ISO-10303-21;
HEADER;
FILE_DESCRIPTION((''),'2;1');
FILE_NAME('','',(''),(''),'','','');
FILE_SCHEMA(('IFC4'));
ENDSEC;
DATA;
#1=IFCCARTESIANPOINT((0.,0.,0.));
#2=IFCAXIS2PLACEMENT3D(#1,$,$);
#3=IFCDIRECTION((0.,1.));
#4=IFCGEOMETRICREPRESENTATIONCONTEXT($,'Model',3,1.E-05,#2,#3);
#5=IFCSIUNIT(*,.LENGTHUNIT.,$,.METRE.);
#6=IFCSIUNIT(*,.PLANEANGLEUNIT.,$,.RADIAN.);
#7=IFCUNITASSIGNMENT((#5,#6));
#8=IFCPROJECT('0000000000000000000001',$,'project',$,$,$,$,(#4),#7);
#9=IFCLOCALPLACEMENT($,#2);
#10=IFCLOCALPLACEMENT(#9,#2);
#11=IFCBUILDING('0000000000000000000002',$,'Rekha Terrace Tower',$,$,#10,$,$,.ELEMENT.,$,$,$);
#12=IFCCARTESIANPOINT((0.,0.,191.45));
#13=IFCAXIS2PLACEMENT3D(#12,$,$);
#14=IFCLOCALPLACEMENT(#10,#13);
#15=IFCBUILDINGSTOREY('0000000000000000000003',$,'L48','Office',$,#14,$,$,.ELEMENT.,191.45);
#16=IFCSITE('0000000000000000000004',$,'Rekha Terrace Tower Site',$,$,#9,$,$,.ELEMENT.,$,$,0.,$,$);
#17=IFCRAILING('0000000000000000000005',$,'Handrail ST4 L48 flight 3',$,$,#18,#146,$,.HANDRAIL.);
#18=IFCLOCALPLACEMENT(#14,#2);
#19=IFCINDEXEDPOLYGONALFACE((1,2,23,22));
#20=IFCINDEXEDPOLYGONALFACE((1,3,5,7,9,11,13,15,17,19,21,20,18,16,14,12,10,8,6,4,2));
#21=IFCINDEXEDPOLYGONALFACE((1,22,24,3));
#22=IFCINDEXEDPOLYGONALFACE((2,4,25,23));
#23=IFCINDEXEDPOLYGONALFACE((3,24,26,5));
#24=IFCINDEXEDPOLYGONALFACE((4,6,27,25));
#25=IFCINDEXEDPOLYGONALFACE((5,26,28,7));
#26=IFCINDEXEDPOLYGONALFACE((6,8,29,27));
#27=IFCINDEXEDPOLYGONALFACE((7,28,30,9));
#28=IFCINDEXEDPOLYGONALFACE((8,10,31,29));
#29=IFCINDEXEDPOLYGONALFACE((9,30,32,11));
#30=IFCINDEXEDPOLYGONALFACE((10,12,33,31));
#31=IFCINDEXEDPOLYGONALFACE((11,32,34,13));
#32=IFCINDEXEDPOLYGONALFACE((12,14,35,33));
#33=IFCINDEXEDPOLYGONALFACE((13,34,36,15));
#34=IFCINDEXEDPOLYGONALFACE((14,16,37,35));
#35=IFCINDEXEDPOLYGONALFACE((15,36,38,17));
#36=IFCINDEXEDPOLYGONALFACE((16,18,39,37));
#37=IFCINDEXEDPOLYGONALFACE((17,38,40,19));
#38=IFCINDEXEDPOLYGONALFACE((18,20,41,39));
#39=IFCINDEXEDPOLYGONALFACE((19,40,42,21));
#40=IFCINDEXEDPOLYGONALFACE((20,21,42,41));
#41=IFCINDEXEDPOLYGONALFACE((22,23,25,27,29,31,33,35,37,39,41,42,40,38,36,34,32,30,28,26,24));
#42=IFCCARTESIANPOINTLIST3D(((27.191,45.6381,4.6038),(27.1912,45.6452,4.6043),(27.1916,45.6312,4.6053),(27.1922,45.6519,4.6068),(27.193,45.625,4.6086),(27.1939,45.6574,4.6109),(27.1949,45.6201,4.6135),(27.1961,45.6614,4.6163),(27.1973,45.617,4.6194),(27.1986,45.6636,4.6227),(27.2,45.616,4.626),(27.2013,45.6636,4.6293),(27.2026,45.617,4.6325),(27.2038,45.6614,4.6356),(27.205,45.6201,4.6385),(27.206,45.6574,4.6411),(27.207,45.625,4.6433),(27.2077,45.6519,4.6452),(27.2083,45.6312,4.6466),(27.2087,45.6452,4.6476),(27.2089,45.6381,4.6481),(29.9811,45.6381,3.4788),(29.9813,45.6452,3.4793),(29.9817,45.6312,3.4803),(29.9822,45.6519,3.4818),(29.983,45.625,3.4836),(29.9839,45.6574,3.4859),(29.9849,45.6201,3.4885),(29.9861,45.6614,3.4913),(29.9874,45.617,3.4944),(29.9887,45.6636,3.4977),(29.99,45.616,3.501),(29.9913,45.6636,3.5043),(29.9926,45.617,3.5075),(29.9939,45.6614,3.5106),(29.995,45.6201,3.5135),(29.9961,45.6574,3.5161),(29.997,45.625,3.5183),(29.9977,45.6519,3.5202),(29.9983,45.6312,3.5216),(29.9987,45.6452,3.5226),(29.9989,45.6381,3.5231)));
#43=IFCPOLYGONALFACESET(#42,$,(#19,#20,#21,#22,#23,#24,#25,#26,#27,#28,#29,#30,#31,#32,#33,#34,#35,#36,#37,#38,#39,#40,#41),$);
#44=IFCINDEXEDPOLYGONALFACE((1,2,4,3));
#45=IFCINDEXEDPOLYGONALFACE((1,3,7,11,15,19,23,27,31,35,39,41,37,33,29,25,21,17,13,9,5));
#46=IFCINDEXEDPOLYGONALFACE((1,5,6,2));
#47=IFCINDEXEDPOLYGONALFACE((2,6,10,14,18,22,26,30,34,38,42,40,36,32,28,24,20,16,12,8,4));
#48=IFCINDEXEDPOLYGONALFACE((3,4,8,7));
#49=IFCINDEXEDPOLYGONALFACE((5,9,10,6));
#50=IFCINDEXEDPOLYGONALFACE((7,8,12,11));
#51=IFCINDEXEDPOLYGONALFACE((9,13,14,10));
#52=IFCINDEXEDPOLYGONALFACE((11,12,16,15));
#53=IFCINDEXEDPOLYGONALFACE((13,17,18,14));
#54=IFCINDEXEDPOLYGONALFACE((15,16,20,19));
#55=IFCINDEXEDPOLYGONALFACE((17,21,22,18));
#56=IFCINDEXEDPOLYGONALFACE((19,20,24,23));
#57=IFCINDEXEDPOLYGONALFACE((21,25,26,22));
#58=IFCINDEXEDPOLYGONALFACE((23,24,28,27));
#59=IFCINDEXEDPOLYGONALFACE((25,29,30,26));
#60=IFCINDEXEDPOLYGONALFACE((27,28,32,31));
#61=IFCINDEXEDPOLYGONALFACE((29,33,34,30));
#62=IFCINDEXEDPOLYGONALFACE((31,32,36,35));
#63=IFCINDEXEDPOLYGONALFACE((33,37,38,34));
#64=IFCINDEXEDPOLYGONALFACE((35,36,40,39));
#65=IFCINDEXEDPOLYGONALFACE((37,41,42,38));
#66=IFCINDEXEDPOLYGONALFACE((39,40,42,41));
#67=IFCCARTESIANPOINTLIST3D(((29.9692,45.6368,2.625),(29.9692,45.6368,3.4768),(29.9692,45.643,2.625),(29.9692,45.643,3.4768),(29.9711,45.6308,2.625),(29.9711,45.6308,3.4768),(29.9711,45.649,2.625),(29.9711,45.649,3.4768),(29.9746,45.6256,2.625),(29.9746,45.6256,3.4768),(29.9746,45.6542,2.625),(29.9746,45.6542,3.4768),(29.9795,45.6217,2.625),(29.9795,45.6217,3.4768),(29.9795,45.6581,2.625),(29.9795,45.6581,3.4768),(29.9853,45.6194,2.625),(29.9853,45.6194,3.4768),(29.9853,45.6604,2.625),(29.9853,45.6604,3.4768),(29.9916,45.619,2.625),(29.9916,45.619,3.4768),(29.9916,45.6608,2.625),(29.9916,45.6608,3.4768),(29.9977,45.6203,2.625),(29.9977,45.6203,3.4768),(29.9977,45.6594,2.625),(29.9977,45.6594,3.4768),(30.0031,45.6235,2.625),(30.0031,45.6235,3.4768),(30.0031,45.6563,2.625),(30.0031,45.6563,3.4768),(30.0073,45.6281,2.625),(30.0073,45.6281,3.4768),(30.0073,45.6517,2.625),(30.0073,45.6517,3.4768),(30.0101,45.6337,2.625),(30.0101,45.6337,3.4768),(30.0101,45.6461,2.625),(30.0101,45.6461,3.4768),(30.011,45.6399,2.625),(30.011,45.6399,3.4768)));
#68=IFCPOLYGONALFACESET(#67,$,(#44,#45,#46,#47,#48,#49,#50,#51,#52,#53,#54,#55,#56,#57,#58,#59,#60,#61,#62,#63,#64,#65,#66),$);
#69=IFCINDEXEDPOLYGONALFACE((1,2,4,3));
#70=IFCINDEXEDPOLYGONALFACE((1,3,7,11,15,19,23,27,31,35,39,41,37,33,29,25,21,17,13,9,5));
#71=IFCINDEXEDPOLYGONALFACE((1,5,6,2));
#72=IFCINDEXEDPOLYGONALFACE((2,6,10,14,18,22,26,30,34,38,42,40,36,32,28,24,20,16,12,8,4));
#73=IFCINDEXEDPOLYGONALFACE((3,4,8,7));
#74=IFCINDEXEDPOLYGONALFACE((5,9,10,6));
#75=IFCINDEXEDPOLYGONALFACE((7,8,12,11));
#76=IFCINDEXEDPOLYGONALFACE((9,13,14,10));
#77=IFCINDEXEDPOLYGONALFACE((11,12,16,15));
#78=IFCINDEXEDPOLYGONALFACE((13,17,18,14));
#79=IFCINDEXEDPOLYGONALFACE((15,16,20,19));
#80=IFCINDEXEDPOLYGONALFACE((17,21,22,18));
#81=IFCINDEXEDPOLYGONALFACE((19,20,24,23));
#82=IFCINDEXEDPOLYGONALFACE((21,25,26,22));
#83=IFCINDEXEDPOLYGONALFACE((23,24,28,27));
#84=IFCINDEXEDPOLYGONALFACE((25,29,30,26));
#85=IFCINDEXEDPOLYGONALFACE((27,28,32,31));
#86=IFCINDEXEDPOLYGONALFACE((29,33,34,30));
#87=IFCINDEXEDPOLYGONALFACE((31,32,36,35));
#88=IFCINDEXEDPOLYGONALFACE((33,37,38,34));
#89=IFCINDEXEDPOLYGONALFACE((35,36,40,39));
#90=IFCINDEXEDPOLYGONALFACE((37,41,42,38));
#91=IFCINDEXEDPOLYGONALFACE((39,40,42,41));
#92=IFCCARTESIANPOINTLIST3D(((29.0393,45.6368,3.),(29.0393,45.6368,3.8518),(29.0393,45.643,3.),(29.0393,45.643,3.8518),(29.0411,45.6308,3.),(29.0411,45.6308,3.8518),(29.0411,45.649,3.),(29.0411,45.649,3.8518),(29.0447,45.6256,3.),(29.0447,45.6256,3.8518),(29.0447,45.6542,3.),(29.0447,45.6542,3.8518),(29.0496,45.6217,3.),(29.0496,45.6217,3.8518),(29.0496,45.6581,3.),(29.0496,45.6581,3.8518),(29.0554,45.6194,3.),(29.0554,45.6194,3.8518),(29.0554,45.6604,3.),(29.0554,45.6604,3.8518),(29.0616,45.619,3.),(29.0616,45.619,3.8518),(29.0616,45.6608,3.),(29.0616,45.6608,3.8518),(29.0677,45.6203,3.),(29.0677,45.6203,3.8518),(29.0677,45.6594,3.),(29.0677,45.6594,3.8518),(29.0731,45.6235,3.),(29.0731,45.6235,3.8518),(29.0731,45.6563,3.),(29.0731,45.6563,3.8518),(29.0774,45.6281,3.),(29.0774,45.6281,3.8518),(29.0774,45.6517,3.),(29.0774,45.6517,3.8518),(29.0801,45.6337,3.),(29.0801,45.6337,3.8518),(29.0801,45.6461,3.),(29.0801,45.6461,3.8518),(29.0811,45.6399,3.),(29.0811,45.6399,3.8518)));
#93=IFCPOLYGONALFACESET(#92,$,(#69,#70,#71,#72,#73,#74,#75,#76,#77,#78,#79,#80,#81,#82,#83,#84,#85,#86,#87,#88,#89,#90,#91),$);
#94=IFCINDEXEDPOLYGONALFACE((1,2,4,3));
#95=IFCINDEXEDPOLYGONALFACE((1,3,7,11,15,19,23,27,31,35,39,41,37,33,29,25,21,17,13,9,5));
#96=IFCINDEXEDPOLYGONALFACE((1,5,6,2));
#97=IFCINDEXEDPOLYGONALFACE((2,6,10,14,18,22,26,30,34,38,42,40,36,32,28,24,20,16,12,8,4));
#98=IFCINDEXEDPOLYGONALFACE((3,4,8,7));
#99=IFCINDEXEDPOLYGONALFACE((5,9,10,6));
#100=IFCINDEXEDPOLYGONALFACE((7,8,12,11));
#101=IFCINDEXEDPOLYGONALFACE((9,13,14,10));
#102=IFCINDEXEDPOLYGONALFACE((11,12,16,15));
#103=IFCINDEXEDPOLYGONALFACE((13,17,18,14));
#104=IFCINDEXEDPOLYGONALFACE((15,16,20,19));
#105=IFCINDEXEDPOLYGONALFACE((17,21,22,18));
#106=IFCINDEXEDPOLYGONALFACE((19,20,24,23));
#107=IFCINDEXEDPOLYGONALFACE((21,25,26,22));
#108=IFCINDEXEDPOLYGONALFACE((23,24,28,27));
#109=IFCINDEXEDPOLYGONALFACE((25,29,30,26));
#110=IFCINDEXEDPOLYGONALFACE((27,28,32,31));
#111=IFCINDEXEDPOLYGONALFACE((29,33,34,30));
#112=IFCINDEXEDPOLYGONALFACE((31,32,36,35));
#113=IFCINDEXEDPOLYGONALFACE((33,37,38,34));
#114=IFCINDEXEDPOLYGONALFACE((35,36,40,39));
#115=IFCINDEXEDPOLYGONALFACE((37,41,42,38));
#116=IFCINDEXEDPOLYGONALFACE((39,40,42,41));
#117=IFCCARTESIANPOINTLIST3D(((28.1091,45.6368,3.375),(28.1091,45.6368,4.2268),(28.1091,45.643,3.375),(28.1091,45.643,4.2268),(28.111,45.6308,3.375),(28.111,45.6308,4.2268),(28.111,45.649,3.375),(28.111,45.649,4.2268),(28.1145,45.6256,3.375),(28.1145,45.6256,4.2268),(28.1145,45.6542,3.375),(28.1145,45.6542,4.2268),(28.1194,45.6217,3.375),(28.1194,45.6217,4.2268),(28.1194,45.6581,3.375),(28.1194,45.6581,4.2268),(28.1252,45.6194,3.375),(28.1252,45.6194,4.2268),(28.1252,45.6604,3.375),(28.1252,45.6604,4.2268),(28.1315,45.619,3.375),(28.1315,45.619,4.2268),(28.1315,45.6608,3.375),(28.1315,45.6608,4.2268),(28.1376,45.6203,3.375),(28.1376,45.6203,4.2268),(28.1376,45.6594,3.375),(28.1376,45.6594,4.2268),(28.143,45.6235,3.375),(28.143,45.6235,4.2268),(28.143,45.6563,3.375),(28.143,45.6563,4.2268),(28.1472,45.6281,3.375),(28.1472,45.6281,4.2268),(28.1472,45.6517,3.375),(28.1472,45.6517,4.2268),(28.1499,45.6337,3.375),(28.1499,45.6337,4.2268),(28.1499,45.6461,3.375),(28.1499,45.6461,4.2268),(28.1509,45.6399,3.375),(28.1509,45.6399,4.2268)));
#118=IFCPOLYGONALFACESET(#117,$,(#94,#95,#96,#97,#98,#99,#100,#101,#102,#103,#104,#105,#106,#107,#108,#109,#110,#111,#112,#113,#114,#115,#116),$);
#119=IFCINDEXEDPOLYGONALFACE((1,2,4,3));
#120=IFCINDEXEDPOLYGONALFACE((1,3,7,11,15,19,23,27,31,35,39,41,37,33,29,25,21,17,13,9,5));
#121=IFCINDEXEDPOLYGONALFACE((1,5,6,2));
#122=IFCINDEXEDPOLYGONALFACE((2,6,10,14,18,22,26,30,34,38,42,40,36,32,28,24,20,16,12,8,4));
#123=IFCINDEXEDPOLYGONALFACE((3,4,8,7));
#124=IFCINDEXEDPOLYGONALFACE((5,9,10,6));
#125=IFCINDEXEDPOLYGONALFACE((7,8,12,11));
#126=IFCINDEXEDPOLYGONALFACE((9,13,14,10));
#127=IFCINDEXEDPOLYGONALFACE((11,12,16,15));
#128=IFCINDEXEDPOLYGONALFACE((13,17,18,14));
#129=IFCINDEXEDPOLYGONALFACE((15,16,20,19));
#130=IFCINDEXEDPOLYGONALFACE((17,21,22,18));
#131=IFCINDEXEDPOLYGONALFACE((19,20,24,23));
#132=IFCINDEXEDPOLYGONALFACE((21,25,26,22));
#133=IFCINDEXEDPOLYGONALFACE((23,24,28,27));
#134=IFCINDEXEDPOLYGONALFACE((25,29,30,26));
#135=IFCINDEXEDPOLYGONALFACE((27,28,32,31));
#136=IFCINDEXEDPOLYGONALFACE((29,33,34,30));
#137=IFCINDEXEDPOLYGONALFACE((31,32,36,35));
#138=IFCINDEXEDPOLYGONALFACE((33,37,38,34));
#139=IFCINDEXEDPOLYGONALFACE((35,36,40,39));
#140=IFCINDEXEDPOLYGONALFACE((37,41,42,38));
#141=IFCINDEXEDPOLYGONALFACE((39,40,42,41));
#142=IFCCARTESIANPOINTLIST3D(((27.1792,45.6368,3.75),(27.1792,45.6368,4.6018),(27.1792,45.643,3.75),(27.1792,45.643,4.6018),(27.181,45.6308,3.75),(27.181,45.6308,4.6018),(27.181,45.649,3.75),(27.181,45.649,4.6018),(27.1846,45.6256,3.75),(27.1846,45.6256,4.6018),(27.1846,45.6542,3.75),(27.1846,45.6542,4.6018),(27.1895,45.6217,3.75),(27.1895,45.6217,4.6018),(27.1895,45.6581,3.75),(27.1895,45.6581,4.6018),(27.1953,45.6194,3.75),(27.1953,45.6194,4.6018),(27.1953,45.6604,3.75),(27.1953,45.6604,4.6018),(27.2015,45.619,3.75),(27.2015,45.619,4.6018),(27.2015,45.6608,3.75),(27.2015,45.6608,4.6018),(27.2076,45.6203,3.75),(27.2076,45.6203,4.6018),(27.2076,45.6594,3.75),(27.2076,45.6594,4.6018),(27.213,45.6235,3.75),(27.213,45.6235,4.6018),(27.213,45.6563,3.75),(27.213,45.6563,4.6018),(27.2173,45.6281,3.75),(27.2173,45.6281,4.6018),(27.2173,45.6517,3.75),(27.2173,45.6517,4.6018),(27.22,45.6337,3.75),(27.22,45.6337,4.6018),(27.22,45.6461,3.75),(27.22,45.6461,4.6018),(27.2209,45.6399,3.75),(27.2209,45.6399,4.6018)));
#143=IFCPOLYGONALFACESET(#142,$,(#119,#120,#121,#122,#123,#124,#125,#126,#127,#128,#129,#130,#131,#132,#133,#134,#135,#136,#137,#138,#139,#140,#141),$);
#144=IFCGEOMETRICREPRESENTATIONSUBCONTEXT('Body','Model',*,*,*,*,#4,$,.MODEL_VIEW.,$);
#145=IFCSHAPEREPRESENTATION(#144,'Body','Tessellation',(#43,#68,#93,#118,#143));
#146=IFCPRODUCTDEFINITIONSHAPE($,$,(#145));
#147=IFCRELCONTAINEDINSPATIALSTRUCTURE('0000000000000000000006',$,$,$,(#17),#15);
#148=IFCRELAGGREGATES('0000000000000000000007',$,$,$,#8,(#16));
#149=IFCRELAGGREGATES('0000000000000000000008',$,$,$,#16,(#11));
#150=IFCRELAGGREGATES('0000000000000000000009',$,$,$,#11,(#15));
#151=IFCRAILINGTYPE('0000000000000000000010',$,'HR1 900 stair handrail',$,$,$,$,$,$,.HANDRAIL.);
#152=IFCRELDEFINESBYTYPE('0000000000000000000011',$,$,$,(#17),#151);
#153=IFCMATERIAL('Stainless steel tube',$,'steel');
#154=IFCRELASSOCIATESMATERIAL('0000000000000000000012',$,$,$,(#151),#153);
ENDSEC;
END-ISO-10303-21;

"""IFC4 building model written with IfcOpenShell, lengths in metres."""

from ifc_helpers import new_model, si_unit, direction, frame, origin, origin_2d, place, context, subcontext, project, spatial, circle, extrude, material, type_object, element, save


model = new_model("IFC4")

# Units and contexts
model_context = context("Model", 3, precision=1e-05, world=origin(), true_north=direction((0.0, 1.0)))
body_context = subcontext(model_context, "Body", "Model", "MODEL_VIEW")
ifc_project = project(units=[si_unit("LENGTHUNIT", "METRE"), si_unit("PLANEANGLEUNIT", "RADIAN")], contexts=[model_context])

# Site, building, storey
site_placement = place(None, origin())
site = spatial("IfcSite", under=ifc_project, at=site_placement, Name="Rekha Terrace Tower Site", CompositionType="ELEMENT", RefElevation=0.0)
building_placement = place(site_placement, origin())
building = spatial("IfcBuilding", under=site, at=building_placement, Name="Rekha Terrace Tower", CompositionType="ELEMENT")
storey_placement = place(building_placement, frame((0.0, 0.0, 191.45)))
storey = spatial("IfcBuildingStorey", under=building, at=storey_placement, Name="L48", Description="Office", CompositionType="ELEMENT", Elevation=191.45)

# Railing
ifc_material_1 = material(Name="Stainless steel tube", Category="steel")
railing_type_1 = type_object("IfcRailingType", Name="HR1 900 stair handrail", PredefinedType="HANDRAIL", material=ifc_material_1)
railing_1_placement = place(storey_placement, frame((29.99, 45.6399, 2.625)))
element("IfcRailing", 1, at=railing_1_placement, inside=storey, type_object=railing_type_1, Name="Handrail ST4 L48 flight 3", PredefinedType="HANDRAIL", context=body_context, shape_type="SweptSolid", body=[
    extrude(circle(Radius=0.0239, at=origin_2d()), frame((0.0, 0.0, 0.876), z_axis=(-0.927443, 0.0, 0.373964), x_axis=(0.0, -1.0, 0.0)), (0.0, 0.0, 1.0), 3.0083),
    extrude(circle(Radius=0.021, at=origin_2d()), origin(), (0.0, 0.0, 1.0), 0.8518),
    extrude(circle(Radius=0.021, at=origin_2d()), frame((-0.9299, 0.0, 0.375)), (0.0, 0.0, 1.0), 0.8518),
    extrude(circle(Radius=0.021, at=origin_2d()), frame((-1.8601, 0.0, 0.75)), (0.0, 0.0, 1.0), 0.8518),
    extrude(circle(Radius=0.021, at=origin_2d()), frame((-2.79, 0.0, 1.125)), (0.0, 0.0, 1.0), 0.8518),
])

save(model, "model.ifc")
